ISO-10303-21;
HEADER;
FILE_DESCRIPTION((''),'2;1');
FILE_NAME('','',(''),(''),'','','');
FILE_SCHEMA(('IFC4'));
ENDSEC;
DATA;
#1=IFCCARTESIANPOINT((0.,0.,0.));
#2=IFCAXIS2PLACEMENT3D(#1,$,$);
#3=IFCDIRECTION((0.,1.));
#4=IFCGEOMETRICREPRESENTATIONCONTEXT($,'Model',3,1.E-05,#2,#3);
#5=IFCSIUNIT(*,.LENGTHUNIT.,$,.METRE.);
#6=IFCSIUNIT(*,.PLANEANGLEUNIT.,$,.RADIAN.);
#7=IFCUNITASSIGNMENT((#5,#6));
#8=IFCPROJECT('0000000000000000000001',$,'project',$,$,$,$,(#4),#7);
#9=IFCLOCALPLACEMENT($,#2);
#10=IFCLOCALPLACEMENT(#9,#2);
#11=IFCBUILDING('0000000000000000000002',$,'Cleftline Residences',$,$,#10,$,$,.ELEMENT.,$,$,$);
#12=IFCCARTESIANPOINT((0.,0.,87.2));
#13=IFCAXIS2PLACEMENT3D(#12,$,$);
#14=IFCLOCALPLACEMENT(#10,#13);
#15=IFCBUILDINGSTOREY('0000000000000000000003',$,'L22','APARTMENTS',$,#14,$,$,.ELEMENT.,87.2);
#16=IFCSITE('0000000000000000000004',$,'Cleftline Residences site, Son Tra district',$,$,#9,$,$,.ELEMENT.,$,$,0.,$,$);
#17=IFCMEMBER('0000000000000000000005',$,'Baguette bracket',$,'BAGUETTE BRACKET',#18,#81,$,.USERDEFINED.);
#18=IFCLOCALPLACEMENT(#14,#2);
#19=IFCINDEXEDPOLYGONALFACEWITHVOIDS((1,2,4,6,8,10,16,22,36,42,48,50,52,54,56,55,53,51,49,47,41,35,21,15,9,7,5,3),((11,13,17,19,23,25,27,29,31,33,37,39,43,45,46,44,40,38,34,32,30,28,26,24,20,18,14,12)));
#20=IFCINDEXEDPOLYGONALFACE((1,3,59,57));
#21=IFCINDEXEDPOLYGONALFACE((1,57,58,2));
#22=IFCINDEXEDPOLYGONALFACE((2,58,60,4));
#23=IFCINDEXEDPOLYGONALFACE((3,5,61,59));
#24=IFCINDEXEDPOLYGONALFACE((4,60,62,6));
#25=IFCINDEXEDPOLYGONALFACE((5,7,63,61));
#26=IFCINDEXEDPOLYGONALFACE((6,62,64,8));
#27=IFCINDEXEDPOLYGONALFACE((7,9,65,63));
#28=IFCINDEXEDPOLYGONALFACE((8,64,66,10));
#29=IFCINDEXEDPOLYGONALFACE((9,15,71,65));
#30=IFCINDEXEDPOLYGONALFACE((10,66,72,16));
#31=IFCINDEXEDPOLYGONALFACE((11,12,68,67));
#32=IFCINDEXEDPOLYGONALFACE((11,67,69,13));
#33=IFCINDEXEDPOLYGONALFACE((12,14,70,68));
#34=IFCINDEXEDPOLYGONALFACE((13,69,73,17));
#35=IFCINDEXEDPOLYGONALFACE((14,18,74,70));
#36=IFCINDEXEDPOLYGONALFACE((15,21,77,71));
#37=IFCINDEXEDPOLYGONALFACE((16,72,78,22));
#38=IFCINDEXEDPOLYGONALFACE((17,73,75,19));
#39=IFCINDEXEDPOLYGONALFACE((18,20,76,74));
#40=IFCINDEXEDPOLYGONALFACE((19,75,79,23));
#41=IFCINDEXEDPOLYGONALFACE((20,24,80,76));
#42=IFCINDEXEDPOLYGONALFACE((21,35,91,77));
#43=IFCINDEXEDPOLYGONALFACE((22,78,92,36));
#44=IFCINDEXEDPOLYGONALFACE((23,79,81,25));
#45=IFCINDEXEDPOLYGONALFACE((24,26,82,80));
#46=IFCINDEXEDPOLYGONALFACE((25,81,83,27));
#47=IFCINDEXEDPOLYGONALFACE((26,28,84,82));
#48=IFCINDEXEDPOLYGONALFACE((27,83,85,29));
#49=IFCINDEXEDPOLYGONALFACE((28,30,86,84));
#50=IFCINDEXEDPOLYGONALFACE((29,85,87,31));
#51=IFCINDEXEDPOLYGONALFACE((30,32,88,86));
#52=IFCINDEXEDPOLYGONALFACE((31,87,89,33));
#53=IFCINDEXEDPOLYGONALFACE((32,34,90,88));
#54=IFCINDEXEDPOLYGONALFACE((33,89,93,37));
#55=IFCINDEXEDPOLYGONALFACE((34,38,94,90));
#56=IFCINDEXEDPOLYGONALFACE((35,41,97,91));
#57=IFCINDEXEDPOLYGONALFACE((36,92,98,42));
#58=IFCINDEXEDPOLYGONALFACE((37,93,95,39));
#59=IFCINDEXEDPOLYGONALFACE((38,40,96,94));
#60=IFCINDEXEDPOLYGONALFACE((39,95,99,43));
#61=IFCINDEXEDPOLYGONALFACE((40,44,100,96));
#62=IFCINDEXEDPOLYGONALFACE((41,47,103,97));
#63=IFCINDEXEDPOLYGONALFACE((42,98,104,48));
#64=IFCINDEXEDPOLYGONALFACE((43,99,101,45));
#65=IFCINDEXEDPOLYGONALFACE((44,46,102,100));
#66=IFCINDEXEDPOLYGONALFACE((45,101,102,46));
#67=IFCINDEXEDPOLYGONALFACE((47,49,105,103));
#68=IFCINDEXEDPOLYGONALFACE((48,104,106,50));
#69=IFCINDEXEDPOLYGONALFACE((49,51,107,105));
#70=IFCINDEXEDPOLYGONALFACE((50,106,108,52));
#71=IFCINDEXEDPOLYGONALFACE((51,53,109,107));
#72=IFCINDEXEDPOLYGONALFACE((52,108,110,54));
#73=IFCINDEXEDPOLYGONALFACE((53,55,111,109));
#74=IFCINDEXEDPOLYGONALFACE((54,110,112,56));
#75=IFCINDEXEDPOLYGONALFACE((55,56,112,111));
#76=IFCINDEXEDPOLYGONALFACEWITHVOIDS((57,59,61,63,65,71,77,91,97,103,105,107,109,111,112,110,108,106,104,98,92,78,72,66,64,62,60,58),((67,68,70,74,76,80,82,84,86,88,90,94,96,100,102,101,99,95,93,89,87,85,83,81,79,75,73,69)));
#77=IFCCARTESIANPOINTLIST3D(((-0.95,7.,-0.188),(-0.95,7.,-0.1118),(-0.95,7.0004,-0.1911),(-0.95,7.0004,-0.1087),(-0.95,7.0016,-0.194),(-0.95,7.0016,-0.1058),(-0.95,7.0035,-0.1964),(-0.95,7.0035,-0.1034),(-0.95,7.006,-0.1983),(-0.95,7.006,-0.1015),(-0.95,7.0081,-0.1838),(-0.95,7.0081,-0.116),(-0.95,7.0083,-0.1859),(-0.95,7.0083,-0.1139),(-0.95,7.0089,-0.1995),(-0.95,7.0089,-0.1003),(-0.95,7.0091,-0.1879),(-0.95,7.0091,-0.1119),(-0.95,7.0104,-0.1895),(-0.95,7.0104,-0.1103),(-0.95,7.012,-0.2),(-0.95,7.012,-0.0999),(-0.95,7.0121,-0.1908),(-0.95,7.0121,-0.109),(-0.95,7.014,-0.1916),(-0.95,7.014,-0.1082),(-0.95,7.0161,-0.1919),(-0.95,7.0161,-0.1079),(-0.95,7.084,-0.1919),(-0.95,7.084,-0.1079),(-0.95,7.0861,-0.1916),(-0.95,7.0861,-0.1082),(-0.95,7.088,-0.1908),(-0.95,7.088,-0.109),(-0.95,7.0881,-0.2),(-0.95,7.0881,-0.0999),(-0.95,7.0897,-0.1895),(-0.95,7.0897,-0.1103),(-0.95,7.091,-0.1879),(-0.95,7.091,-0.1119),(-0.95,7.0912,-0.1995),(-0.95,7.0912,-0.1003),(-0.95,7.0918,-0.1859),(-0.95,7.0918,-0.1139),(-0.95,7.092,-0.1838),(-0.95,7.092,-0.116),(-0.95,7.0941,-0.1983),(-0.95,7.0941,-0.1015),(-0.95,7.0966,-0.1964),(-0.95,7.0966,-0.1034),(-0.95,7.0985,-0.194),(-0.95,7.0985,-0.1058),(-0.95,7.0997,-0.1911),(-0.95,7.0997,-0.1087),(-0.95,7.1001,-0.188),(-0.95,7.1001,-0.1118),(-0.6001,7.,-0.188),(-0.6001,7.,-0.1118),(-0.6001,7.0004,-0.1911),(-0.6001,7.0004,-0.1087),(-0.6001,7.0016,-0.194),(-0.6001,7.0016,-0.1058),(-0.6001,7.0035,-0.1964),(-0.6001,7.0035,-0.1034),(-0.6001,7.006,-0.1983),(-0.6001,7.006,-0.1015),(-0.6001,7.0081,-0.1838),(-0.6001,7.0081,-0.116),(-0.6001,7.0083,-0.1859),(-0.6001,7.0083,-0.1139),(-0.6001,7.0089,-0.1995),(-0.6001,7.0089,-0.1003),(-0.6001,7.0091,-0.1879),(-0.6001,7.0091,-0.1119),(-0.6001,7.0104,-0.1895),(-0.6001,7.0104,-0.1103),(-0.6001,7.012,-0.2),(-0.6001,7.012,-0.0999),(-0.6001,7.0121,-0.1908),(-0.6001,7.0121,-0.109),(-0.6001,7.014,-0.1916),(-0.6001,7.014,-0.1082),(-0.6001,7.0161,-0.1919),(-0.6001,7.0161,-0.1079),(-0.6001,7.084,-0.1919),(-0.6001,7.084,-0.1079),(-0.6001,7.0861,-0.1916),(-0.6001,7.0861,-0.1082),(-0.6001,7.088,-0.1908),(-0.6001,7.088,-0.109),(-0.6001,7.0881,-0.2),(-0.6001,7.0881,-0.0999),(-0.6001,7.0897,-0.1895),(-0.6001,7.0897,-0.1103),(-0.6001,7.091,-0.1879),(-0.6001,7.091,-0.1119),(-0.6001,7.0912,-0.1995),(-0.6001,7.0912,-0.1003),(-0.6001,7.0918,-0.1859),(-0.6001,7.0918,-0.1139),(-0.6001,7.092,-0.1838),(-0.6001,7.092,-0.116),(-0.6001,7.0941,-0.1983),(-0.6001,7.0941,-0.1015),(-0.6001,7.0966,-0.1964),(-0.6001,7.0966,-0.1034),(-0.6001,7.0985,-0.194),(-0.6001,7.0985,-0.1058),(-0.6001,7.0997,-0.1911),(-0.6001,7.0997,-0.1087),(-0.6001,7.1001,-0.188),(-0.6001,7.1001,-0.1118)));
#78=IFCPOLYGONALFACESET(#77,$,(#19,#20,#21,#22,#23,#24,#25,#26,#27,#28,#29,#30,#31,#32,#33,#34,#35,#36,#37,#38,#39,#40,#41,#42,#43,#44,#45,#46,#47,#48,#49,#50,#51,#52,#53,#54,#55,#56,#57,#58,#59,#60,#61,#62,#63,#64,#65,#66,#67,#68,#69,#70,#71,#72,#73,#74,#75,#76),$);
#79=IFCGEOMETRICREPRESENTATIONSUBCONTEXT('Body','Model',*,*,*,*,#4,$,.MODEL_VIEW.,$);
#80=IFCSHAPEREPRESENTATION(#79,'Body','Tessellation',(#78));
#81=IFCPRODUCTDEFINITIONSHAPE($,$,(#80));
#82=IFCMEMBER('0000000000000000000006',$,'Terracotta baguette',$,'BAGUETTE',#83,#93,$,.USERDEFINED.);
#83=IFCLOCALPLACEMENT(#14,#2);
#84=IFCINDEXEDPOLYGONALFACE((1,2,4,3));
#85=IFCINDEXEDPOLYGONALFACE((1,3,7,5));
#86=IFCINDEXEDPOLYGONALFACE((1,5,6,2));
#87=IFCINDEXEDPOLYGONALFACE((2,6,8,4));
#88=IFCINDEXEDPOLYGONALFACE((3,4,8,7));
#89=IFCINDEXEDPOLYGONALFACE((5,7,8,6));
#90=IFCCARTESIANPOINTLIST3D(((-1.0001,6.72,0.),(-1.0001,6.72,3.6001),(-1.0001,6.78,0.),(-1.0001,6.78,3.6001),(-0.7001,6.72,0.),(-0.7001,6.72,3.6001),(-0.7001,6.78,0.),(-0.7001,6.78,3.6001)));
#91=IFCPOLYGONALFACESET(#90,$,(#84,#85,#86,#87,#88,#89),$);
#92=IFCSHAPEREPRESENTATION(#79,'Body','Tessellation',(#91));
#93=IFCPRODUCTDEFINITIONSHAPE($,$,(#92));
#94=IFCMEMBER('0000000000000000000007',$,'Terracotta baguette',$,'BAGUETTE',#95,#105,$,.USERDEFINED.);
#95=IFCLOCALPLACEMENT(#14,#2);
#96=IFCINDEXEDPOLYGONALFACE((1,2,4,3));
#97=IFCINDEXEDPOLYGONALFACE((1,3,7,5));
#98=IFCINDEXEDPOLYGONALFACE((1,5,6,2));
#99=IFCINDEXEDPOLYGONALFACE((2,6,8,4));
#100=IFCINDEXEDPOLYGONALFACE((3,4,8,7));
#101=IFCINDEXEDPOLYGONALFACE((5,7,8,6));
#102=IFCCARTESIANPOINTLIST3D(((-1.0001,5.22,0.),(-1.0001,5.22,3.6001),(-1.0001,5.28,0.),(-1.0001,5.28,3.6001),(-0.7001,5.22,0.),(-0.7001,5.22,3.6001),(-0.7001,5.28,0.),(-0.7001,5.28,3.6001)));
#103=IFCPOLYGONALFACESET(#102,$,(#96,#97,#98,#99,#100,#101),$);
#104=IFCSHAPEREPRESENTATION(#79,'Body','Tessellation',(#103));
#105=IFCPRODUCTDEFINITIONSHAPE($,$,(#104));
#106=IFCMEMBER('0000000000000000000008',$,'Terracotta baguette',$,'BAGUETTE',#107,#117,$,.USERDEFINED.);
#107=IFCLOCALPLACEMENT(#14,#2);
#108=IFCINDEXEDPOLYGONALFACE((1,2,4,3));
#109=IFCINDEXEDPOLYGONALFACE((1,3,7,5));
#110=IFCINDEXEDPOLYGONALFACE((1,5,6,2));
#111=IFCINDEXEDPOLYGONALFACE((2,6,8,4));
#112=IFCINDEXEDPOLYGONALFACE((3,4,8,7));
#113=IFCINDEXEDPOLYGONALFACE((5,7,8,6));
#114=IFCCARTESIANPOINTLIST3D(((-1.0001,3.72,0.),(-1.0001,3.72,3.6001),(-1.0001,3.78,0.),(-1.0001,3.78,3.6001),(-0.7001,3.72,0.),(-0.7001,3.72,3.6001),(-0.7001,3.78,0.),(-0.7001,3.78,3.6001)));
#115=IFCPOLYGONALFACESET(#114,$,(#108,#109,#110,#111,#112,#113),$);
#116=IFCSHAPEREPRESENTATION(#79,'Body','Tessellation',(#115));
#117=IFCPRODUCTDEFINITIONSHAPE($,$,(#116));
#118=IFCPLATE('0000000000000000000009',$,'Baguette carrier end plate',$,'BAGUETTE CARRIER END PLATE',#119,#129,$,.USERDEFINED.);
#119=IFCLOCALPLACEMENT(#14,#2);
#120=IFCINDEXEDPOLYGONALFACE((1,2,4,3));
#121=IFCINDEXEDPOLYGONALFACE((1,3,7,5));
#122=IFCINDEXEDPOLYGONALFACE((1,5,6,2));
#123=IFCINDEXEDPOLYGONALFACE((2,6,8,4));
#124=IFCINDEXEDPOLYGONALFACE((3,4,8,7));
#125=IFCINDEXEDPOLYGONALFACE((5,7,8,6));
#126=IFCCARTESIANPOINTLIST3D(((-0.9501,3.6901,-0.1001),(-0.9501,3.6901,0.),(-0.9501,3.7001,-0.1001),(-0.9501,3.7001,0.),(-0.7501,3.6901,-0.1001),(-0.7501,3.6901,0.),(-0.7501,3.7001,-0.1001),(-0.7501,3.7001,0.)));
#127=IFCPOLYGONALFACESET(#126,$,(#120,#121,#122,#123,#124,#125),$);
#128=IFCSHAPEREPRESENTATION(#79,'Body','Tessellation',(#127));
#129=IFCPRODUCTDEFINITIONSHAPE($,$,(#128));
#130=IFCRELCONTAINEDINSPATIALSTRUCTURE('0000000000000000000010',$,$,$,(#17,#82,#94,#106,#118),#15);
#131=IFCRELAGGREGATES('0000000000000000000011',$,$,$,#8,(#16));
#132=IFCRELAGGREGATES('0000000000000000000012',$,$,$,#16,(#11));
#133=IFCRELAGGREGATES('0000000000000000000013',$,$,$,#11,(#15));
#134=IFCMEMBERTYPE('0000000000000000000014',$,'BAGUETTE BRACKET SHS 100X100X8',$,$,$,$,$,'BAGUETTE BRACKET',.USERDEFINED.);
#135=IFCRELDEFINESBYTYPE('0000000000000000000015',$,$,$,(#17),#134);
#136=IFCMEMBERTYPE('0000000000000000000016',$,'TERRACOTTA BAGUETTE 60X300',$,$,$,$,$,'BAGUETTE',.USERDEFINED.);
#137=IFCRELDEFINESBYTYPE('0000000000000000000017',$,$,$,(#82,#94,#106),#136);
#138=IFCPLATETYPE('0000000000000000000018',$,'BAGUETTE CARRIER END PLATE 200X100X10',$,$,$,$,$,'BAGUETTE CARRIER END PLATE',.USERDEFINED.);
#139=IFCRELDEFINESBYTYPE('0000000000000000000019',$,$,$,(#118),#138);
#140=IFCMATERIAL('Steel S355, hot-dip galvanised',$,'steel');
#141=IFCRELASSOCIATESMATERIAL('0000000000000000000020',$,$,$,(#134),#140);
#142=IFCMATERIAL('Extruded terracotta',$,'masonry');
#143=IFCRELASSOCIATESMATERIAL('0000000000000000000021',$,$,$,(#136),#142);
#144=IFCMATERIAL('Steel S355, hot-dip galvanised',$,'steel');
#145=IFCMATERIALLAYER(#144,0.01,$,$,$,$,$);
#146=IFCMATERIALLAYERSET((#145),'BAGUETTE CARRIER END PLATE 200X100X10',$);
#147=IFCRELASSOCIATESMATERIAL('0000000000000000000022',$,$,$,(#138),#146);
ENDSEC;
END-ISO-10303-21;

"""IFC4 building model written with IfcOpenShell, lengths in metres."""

from ifc_helpers import new_model, si_unit, direction, frame, origin, origin_2d, place, context, subcontext, project, spatial, rectangle, hollow_rectangle, extrude, material, layer, layer_set, material_profile, profile_set, type_object, element, save


model = new_model("IFC4")

# Units and contexts
model_context = context("Model", 3, precision=1e-05, world=origin(), true_north=direction((0.0, 1.0)))
body_context = subcontext(model_context, "Body", "Model", "MODEL_VIEW")
ifc_project = project(units=[si_unit("LENGTHUNIT", "METRE"), si_unit("PLANEANGLEUNIT", "RADIAN")], contexts=[model_context])

# Site, building, storey
site_placement = place(None, origin())
site = spatial("IfcSite", under=ifc_project, at=site_placement, Name="Cleftline Residences site, Son Tra district", CompositionType="ELEMENT", RefElevation=0.0)
building_placement = place(site_placement, origin())
building = spatial("IfcBuilding", under=site, at=building_placement, Name="Cleftline Residences", CompositionType="ELEMENT")
storey_placement = place(building_placement, frame((0.0, 0.0, 87.2)))
storey = spatial("IfcBuildingStorey", under=building, at=storey_placement, Name="L22", Description="APARTMENTS", CompositionType="ELEMENT", Elevation=87.2)

# Members
ifc_material_1 = material(Name="Steel S355, hot-dip galvanised", Category="steel")
ifc_material_profile_1 = material_profile(ifc_material_1, hollow_rectangle(XDim=0.1001, YDim=0.1001, WallThickness=0.0081, InnerFilletRadius=0.0081, OuterFilletRadius=0.012, at=origin_2d()))
ifc_profile_set_1 = profile_set([ifc_material_profile_1], Name="Steel S355, hot-dip galvanised")
member_type_1 = type_object("IfcMemberType", Name="BAGUETTE BRACKET SHS 100X100X8", ElementType="BAGUETTE BRACKET", PredefinedType="USERDEFINED", material=ifc_profile_set_1)
member_placement = place(storey_placement, frame((-0.6001, 7.05, -0.1499), z_axis=(-1.0, 0.0, 0.0), x_axis=(0.0, -1.0, 0.0)))
element("IfcMember", 1, at=member_placement, inside=storey, type_object=member_type_1, Name="Baguette bracket", ObjectType="BAGUETTE BRACKET", PredefinedType="USERDEFINED", context=body_context, shape_type="SweptSolid", body=[
    extrude(hollow_rectangle(XDim=0.1001, YDim=0.1001, WallThickness=0.0081, InnerFilletRadius=0.0081, OuterFilletRadius=0.012, at=origin_2d()), origin(), (0.0, 0.0, 1.0), 0.3499),
])
ifc_material_2 = material(Name="Extruded terracotta", Category="masonry")
ifc_material_profile_2 = material_profile(ifc_material_2, rectangle(XDim=0.0601, YDim=0.3, at=origin_2d()))
ifc_profile_set_2 = profile_set([ifc_material_profile_2], Name="Extruded terracotta")
member_type_2 = type_object("IfcMemberType", Name="TERRACOTTA BAGUETTE 60X300", ElementType="BAGUETTE", PredefinedType="USERDEFINED", material=ifc_profile_set_2)
for number, where, z_axis, x_axis, name in (
    (2, (-0.8501, 6.75, 0.0), (0.0, 0.0, 1.0), (0.0, 1.0, 0.0), "Terracotta baguette"),
    (3, (-0.8501, 5.25, 0.0), (0.0, 0.0, 1.0), (0.0, 1.0, 0.0), "Terracotta baguette"),
    (4, (-0.8501, 3.75, 0.0), (0.0, 0.0, 1.0), (0.0, 1.0, 0.0), "Terracotta baguette"),
):
    element("IfcMember", number, at=place(storey_placement, frame(where, z_axis=z_axis, x_axis=x_axis)), inside=storey, type_object=member_type_2, Name=name, ObjectType="BAGUETTE", PredefinedType="USERDEFINED", context=body_context, shape_type="SweptSolid", body=[
        extrude(rectangle(XDim=0.0601, YDim=0.3, at=origin_2d()), origin(), (0.0, 0.0, 1.0), 3.6001),
    ])

# Plate
ifc_material_3 = material(Name="Steel S355, hot-dip galvanised", Category="steel")
ifc_layer_1 = layer(ifc_material_3, 0.01)
ifc_layer_set_1 = layer_set([ifc_layer_1], Name="BAGUETTE CARRIER END PLATE 200X100X10")
plate_type = type_object("IfcPlateType", Name="BAGUETTE CARRIER END PLATE 200X100X10", ElementType="BAGUETTE CARRIER END PLATE", PredefinedType="USERDEFINED", material=ifc_layer_set_1)
plate_placement = place(storey_placement, frame((-0.8501, 3.6951, -0.1001), z_axis=(0.0, 0.0, 1.0), x_axis=(-1.0, 0.0, 0.0)))
element("IfcPlate", 5, at=plate_placement, inside=storey, type_object=plate_type, Name="Baguette carrier end plate", ObjectType="BAGUETTE CARRIER END PLATE", PredefinedType="USERDEFINED", context=body_context, shape_type="SweptSolid", body=[
    extrude(rectangle(XDim=0.2, YDim=0.01, at=origin_2d()), origin(), (0.0, 0.0, 1.0), 0.1001),
])

save(model, "model.ifc")
